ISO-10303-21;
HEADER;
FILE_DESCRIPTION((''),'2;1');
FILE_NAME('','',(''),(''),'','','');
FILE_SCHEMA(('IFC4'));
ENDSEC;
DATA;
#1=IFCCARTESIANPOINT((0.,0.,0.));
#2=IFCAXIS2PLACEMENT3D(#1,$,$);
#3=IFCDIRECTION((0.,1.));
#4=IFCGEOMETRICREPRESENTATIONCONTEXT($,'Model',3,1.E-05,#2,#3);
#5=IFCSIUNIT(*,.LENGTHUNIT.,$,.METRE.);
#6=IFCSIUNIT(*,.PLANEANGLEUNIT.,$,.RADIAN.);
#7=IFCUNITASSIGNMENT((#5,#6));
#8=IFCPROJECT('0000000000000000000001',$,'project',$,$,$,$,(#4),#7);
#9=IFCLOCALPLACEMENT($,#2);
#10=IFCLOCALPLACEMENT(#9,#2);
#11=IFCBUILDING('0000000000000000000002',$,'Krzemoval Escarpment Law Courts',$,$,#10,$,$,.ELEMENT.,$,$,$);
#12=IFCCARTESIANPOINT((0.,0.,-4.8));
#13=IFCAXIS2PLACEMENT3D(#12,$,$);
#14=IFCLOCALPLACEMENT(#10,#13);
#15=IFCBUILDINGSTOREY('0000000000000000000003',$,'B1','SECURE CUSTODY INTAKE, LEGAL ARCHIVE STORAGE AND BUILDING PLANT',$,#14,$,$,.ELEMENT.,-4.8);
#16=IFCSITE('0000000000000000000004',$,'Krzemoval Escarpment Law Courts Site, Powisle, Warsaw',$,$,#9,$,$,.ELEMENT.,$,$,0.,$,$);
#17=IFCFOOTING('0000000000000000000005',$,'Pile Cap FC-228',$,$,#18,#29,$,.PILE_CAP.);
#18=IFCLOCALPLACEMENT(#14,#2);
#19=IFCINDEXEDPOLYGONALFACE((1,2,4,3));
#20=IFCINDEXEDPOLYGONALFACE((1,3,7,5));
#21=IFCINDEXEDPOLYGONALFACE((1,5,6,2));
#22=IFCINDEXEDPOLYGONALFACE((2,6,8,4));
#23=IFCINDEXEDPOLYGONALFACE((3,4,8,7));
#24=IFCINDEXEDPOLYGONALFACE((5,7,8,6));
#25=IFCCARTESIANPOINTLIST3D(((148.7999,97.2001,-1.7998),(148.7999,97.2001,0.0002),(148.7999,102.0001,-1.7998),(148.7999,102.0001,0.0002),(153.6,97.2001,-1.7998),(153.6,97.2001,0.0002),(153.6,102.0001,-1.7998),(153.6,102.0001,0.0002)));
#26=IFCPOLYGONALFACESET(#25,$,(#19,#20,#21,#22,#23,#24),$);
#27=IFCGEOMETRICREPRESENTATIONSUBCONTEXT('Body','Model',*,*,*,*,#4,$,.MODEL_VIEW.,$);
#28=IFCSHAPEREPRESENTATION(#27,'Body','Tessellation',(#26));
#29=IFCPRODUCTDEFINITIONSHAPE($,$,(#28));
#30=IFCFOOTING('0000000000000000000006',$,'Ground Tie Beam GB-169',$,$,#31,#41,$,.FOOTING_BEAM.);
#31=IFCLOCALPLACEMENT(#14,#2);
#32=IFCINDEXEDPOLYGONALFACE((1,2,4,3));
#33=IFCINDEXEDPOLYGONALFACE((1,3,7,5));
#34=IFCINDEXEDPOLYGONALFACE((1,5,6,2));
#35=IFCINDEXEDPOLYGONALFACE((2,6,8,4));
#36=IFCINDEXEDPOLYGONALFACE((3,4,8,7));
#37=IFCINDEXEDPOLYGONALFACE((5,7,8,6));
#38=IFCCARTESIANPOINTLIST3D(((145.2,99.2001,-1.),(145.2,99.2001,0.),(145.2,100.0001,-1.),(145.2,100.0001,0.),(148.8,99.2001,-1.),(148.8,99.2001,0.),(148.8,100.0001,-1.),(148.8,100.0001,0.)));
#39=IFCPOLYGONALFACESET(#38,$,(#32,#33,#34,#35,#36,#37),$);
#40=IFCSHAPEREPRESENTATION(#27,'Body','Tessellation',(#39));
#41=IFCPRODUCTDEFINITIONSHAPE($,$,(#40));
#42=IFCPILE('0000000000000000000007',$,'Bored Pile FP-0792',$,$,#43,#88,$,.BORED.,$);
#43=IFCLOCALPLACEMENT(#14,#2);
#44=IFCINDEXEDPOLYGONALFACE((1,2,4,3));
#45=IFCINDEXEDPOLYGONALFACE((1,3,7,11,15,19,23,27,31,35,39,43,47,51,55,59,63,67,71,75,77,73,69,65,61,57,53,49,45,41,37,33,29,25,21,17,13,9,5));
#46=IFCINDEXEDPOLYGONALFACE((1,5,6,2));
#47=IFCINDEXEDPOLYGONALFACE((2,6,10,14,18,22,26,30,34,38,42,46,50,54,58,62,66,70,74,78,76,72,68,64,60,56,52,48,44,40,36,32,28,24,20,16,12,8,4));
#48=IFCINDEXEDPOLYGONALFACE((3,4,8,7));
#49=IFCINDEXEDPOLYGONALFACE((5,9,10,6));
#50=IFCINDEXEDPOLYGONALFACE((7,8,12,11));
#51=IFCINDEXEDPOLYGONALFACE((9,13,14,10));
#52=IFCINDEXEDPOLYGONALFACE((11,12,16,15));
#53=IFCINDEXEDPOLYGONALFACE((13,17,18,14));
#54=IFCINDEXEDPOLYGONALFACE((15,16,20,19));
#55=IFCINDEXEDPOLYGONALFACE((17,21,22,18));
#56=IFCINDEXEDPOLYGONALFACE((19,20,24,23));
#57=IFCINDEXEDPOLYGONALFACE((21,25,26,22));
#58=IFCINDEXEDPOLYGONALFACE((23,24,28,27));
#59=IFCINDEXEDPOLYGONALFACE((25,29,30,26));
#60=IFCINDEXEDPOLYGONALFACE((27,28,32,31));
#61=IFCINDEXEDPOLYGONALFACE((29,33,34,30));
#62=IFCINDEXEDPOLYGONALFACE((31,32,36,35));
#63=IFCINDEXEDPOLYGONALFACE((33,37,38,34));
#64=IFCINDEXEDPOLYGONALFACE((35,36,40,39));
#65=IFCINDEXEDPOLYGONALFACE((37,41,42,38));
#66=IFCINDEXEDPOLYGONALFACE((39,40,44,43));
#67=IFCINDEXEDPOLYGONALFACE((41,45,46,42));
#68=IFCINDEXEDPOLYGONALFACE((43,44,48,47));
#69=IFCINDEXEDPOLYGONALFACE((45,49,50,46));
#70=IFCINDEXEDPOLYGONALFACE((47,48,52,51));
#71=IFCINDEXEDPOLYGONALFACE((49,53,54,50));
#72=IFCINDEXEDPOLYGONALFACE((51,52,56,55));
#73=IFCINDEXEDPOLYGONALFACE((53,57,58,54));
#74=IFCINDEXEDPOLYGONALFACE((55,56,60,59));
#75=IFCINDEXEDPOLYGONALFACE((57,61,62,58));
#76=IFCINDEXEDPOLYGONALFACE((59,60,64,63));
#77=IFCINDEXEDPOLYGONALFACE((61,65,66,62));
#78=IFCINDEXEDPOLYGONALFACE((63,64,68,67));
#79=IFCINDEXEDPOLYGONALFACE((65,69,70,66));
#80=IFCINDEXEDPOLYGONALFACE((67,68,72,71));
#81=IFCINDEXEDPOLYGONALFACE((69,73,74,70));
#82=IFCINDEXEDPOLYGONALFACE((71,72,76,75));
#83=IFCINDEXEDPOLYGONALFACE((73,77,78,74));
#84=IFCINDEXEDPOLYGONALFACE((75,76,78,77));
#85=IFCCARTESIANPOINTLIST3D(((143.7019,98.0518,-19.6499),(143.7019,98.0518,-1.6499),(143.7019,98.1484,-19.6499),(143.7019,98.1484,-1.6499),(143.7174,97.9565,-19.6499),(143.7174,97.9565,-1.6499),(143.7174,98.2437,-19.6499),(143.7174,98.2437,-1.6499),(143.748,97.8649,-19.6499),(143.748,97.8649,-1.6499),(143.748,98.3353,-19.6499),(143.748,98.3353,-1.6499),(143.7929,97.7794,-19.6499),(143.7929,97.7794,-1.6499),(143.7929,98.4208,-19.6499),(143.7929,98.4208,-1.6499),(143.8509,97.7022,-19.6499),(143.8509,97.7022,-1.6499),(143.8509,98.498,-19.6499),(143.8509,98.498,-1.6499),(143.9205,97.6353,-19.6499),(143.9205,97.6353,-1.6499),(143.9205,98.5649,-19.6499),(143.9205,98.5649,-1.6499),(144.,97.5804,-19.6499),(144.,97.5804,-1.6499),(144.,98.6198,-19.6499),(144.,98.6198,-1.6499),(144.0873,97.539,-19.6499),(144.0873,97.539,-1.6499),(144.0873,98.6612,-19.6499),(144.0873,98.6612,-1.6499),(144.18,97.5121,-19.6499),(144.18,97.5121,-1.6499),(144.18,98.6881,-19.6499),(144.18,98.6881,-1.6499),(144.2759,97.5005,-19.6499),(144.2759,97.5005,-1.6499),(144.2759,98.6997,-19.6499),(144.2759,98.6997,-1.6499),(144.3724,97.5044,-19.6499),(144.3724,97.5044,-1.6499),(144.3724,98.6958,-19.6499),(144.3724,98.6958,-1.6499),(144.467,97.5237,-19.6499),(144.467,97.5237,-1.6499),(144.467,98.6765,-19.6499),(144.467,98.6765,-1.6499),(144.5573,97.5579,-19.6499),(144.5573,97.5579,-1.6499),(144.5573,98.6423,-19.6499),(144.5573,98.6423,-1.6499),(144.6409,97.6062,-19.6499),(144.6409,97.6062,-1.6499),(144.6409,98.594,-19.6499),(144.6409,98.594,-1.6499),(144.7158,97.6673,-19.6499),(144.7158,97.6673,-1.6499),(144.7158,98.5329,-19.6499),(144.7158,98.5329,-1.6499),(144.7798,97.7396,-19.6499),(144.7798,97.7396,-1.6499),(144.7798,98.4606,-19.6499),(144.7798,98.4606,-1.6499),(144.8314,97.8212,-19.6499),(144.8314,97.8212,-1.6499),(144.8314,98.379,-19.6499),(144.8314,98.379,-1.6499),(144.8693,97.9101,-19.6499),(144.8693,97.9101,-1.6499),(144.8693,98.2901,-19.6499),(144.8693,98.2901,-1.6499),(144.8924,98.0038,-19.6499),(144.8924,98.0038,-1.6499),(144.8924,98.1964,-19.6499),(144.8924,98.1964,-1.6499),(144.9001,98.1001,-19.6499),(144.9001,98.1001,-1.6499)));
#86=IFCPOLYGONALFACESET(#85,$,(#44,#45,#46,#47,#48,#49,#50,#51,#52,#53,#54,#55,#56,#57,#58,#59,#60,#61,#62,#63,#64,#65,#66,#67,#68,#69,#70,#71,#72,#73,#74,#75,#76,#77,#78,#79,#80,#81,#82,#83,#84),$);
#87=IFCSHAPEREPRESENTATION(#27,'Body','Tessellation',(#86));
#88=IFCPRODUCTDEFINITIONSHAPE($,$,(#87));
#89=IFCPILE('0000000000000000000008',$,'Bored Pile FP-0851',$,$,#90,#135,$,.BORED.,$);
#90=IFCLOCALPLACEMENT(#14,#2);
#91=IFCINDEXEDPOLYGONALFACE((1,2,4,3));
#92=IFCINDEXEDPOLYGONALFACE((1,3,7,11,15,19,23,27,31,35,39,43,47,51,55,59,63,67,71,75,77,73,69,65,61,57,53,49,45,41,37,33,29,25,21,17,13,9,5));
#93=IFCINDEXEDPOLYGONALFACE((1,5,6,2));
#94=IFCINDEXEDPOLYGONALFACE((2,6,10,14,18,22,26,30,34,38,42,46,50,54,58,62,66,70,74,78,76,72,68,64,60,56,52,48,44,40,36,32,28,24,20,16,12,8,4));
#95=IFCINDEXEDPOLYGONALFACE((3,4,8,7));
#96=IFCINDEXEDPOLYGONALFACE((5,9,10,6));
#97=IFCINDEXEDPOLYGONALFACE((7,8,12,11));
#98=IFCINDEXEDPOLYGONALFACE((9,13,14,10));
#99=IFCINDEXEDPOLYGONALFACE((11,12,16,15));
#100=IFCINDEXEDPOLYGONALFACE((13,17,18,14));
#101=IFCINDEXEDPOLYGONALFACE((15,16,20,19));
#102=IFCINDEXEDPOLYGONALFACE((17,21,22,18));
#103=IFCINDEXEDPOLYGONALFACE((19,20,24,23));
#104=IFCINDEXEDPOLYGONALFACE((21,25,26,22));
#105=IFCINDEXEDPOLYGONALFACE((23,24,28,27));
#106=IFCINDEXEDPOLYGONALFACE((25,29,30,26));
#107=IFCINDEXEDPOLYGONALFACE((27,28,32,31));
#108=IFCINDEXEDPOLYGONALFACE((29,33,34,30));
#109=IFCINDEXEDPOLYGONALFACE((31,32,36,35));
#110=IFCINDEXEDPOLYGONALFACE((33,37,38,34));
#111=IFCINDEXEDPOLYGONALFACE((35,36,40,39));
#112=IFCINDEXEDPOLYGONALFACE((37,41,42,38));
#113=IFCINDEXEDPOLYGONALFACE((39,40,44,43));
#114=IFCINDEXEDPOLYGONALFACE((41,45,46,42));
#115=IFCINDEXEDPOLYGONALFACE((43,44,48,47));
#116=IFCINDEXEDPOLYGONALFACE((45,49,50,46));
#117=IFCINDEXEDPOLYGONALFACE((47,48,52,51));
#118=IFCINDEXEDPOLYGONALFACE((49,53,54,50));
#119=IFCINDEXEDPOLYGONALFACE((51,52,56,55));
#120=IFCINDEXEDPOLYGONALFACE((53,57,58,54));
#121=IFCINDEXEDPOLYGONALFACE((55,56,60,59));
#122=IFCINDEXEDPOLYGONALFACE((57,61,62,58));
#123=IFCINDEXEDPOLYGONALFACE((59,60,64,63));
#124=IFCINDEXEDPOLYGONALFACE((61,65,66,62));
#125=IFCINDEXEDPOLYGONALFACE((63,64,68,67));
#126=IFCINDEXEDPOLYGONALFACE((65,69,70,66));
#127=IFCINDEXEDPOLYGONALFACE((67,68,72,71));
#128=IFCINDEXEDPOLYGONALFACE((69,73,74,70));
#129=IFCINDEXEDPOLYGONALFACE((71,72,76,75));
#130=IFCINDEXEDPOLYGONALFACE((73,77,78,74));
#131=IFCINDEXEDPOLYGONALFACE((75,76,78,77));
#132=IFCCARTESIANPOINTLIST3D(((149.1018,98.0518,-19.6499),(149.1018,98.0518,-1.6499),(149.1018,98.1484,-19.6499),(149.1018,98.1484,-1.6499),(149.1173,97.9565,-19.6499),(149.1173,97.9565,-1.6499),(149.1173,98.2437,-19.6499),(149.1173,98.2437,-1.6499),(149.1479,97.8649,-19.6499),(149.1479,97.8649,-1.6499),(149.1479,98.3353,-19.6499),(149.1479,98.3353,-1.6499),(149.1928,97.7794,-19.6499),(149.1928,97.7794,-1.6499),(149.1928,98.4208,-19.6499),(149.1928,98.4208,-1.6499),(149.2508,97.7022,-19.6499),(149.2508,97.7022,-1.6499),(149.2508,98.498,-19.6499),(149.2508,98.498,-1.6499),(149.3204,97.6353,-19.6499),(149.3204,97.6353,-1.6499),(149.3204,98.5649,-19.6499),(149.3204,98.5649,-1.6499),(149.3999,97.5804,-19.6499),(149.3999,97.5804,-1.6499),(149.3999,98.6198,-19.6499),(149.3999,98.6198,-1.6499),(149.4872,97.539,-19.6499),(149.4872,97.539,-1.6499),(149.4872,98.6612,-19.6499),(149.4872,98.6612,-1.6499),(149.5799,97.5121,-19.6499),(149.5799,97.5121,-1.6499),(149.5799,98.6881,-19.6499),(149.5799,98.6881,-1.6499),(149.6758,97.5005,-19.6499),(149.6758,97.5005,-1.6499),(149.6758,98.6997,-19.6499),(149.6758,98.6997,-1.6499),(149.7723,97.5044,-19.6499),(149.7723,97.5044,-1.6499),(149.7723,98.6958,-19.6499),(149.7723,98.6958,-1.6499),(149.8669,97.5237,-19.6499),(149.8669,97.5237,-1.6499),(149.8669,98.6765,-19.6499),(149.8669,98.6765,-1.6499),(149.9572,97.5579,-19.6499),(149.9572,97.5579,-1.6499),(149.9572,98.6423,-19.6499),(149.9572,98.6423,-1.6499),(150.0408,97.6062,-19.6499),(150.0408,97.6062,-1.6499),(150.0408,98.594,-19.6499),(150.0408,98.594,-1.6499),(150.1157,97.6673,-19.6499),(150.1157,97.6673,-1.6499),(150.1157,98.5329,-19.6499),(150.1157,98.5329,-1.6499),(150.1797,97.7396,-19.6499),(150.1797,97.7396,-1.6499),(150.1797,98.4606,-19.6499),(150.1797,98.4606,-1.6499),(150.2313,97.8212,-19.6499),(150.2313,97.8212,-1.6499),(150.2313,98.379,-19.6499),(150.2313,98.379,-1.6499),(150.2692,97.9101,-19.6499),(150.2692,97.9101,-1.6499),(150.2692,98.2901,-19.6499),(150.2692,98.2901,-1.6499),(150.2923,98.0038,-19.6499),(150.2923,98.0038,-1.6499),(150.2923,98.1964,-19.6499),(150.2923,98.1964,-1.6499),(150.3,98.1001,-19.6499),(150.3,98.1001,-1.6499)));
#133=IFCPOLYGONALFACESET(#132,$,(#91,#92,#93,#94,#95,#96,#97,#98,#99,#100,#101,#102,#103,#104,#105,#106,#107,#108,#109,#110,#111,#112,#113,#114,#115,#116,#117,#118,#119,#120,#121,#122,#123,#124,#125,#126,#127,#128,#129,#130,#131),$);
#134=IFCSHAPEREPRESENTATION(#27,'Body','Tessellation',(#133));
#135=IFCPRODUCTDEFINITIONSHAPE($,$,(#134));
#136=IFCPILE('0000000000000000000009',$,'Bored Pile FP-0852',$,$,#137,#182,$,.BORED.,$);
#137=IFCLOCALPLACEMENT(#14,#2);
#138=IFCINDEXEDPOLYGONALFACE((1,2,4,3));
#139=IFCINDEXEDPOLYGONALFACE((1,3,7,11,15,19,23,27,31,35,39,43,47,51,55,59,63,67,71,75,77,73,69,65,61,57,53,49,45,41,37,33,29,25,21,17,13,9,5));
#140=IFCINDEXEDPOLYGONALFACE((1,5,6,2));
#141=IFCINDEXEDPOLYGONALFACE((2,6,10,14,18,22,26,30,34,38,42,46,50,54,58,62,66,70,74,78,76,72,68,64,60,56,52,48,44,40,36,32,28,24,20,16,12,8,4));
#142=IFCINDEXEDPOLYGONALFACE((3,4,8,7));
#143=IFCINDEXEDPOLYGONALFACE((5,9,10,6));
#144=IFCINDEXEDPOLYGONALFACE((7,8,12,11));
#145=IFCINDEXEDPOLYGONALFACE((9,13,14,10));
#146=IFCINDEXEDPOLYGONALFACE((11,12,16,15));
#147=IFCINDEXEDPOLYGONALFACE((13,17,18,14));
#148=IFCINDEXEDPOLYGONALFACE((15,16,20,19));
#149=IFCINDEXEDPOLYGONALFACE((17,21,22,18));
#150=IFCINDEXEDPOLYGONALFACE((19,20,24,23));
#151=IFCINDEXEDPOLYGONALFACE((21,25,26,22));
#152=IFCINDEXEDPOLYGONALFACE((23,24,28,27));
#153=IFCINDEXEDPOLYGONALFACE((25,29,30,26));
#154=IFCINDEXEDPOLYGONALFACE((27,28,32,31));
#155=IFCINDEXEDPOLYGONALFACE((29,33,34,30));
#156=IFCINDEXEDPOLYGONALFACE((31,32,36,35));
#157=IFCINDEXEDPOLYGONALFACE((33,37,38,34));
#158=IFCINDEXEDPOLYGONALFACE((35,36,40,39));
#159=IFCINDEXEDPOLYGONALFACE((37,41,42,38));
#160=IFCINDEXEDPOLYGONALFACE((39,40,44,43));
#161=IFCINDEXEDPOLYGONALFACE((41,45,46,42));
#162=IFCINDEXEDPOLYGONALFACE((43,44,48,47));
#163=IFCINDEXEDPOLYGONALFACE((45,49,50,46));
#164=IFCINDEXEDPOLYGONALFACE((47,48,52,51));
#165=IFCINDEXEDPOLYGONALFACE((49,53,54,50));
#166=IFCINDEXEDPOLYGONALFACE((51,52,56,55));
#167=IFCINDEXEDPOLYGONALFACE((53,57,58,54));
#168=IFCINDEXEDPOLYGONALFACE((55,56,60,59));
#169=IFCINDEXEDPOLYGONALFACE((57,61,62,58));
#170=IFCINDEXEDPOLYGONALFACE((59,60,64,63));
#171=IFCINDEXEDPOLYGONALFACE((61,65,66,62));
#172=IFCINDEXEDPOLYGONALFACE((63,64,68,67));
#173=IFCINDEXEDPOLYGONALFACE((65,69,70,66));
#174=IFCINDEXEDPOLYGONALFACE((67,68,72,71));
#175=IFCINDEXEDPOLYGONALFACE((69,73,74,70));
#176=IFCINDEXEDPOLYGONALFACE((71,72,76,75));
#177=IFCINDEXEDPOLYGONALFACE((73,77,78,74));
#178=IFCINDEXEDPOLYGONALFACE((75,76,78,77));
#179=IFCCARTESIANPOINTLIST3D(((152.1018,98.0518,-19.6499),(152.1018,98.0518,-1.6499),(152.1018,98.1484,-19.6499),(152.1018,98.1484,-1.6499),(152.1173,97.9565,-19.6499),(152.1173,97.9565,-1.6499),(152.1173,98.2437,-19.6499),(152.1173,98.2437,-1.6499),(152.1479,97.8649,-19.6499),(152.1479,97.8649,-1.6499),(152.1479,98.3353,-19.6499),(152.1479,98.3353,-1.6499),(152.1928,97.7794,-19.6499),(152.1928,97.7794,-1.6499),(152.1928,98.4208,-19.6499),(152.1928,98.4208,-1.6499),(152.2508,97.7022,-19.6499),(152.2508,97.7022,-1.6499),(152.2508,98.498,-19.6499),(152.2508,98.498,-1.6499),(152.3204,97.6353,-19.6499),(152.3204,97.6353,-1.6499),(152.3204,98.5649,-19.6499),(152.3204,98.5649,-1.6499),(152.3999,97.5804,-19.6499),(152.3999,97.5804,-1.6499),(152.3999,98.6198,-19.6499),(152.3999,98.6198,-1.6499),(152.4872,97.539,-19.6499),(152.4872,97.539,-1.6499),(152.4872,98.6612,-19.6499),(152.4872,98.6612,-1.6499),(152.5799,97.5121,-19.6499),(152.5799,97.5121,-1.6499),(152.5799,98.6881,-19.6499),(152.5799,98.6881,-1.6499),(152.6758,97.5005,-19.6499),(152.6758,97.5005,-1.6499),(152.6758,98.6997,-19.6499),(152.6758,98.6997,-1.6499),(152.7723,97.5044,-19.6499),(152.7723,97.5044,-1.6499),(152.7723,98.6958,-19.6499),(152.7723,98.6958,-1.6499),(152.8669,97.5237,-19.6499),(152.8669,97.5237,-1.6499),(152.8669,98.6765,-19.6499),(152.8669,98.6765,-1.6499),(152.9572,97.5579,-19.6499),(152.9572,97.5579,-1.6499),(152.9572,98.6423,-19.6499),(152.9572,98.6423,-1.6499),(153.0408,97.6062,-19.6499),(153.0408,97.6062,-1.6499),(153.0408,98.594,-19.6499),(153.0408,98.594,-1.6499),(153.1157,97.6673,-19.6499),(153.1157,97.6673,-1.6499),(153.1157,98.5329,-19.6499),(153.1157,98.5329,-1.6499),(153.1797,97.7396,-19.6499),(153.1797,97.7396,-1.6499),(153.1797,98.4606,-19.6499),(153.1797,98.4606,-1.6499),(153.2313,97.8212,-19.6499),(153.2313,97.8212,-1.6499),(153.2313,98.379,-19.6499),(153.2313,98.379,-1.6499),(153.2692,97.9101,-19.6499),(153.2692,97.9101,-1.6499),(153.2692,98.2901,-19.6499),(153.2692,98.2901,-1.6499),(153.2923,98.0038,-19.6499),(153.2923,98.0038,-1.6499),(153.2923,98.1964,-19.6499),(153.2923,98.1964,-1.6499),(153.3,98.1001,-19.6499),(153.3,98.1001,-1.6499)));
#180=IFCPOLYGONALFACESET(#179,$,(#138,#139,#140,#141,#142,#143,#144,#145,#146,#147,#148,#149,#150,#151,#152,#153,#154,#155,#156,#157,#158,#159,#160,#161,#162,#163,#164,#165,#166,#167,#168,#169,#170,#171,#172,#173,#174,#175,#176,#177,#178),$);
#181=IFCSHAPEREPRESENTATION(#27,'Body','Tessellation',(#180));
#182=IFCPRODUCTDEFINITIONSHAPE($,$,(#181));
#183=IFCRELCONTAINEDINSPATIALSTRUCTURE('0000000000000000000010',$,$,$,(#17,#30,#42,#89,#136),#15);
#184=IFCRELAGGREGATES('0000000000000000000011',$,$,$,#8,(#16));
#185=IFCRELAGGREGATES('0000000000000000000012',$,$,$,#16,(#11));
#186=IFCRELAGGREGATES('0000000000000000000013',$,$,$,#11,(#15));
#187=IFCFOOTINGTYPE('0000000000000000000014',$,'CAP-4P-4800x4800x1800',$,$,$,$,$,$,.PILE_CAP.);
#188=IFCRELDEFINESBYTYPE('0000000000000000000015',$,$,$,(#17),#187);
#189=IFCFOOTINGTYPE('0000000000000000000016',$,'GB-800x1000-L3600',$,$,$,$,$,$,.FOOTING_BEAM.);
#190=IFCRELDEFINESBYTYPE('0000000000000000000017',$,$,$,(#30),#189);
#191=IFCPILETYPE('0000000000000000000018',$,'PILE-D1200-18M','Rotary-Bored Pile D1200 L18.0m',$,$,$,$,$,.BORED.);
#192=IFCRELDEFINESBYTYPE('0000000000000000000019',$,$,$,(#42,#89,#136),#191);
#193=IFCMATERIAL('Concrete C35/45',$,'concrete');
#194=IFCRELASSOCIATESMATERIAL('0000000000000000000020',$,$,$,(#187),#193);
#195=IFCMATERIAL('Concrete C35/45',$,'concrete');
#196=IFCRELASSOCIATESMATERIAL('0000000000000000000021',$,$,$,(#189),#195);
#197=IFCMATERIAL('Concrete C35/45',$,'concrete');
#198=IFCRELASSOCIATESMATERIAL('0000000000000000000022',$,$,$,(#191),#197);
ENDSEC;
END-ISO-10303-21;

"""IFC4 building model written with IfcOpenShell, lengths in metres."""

from ifc_helpers import new_model, si_unit, direction, frame, origin, origin_2d, place, context, subcontext, project, spatial, rectangle, circle, extrude, material, material_profile, profile_set, type_object, element, save


model = new_model("IFC4")

# Units and contexts
model_context = context("Model", 3, precision=1e-05, world=origin(), true_north=direction((0.0, 1.0)))
body_context = subcontext(model_context, "Body", "Model", "MODEL_VIEW")
ifc_project = project(units=[si_unit("LENGTHUNIT", "METRE"), si_unit("PLANEANGLEUNIT", "RADIAN")], contexts=[model_context])

# Site, building, storey
site_placement = place(None, origin())
site = spatial("IfcSite", under=ifc_project, at=site_placement, Name="Krzemoval Escarpment Law Courts Site, Powisle, Warsaw", CompositionType="ELEMENT", RefElevation=0.0)
building_placement = place(site_placement, origin())
building = spatial("IfcBuilding", under=site, at=building_placement, Name="Krzemoval Escarpment Law Courts", CompositionType="ELEMENT")
storey_placement = place(building_placement, frame((0.0, 0.0, -4.8)))
storey = spatial("IfcBuildingStorey", under=building, at=storey_placement, Name="B1", Description="SECURE CUSTODY INTAKE, LEGAL ARCHIVE STORAGE AND BUILDING PLANT", CompositionType="ELEMENT", Elevation=-4.8)

# Footings
ifc_material_1 = material(Name="Concrete C35/45", Category="concrete")
footing_type_1 = type_object("IfcFootingType", Name="CAP-4P-4800x4800x1800", PredefinedType="PILE_CAP", material=ifc_material_1)
footing_1_placement = place(storey_placement, frame((151.2, 99.6001, -1.7998), z_axis=(0.0, 0.0, 1.0), x_axis=(1.0, 0.0, 0.0)))
element("IfcFooting", 1, at=footing_1_placement, inside=storey, type_object=footing_type_1, Name="Pile Cap FC-228", PredefinedType="PILE_CAP", context=body_context, shape_type="SweptSolid", body=[
    extrude(rectangle(XDim=4.8, YDim=4.8, at=origin_2d()), origin(), (0.0, 0.0, 1.0), 1.8),
])
ifc_material_2 = material(Name="Concrete C35/45", Category="concrete")
footing_type_2 = type_object("IfcFootingType", Name="GB-800x1000-L3600", PredefinedType="FOOTING_BEAM", material=ifc_material_2)
footing_2_placement = place(storey_placement, frame((147.0, 99.6001, -1.0), z_axis=(0.0, 0.0, 1.0), x_axis=(1.0, 0.0, 0.0)))
element("IfcFooting", 2, at=footing_2_placement, inside=storey, type_object=footing_type_2, Name="Ground Tie Beam GB-169", PredefinedType="FOOTING_BEAM", context=body_context, shape_type="SweptSolid", body=[
    extrude(rectangle(XDim=3.6001, YDim=0.8, at=origin_2d()), origin(), (0.0, 0.0, 1.0), 1.0),
])

# Piles
ifc_material_3 = material(Name="Concrete C35/45", Category="concrete")
ifc_material_profile_1 = material_profile(ifc_material_3, circle(Radius=0.6001, at=origin_2d()), Name="PILE D1200")
ifc_profile_set_1 = profile_set([ifc_material_profile_1], Name="Concrete C35/45")
pile_type = type_object("IfcPileType", Name="PILE-D1200-18M", Description="Rotary-Bored Pile D1200 L18.0m", PredefinedType="BORED", material=ifc_profile_set_1)
for number, where, z_axis, x_axis, name in (
    (3, (144.3, 98.1001, -1.6499), (0.0, 0.0, -1.0), (1.0, 0.0, 0.0), "Bored Pile FP-0792"),
    (4, (149.7, 98.1001, -1.6499), (0.0, 0.0, -1.0), (1.0, 0.0, 0.0), "Bored Pile FP-0851"),
    (5, (152.7, 98.1001, -1.6499), (0.0, 0.0, -1.0), (1.0, 0.0, 0.0), "Bored Pile FP-0852"),
):
    element("IfcPile", number, at=place(storey_placement, frame(where, z_axis=z_axis, x_axis=x_axis)), inside=storey, type_object=pile_type, Name=name, PredefinedType="BORED", context=body_context, shape_type="SweptSolid", body=[
        extrude(circle(Radius=0.6001, at=origin_2d()), origin(), (0.0, 0.0, 1.0), 18.0),
    ])

save(model, "model.ifc")
